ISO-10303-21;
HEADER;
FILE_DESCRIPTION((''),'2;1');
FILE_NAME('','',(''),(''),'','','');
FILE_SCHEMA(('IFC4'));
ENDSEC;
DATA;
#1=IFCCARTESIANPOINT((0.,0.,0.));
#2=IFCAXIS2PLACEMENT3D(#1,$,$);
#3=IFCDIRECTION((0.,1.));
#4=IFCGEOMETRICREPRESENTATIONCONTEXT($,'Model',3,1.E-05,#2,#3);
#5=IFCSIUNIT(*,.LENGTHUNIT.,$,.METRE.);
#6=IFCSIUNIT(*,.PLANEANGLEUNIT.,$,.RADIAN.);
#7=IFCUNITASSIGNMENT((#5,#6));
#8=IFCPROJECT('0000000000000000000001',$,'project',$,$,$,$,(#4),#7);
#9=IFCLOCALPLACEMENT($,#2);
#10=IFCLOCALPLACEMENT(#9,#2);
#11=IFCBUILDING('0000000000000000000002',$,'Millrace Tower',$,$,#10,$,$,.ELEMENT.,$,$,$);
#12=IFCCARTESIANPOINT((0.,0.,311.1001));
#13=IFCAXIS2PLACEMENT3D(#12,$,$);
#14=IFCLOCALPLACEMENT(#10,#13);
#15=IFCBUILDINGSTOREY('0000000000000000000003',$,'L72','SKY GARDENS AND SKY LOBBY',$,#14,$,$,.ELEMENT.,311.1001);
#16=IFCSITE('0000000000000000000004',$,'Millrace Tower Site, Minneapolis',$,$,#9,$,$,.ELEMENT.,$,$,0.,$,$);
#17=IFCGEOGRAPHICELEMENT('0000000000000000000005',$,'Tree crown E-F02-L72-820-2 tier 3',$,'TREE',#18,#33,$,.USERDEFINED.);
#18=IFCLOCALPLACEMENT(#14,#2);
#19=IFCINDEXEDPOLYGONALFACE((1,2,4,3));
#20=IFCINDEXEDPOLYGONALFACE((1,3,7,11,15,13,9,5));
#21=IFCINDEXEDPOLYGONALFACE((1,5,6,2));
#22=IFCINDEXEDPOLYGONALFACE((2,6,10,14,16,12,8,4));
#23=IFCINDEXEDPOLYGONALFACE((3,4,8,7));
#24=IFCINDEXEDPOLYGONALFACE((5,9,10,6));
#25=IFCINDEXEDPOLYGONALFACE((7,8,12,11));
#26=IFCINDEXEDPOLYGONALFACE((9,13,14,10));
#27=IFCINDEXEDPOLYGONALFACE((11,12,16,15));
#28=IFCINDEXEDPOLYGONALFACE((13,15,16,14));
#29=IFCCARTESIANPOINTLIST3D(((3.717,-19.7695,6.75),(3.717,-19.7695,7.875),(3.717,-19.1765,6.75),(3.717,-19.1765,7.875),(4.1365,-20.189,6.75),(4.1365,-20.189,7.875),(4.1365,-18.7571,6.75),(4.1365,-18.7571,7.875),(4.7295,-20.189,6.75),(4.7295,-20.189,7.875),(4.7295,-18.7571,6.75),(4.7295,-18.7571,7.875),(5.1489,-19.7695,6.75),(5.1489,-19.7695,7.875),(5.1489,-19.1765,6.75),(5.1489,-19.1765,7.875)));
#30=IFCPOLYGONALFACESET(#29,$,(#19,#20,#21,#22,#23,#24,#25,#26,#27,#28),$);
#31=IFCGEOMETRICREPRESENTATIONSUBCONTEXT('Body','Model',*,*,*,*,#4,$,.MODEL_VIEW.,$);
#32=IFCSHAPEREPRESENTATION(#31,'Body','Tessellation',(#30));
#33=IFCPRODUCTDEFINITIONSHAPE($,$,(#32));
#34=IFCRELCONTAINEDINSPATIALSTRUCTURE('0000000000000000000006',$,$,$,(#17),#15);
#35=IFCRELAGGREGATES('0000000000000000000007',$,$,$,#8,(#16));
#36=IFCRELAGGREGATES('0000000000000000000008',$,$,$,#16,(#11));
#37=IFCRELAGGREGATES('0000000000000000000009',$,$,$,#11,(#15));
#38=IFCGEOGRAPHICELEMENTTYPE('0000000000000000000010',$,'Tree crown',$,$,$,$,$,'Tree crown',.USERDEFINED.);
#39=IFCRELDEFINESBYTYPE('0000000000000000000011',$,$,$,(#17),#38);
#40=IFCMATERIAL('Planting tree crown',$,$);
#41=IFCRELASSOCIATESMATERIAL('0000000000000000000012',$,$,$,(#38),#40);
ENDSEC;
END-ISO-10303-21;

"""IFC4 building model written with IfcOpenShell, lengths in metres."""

from ifc_helpers import new_model, si_unit, direction, frame, origin, place, context, subcontext, project, spatial, polyline, outline, extrude, material, type_object, element, save


model = new_model("IFC4")

# Units and contexts
model_context = context("Model", 3, precision=1e-05, world=origin(), true_north=direction((0.0, 1.0)))
body_context = subcontext(model_context, "Body", "Model", "MODEL_VIEW")
ifc_project = project(units=[si_unit("LENGTHUNIT", "METRE"), si_unit("PLANEANGLEUNIT", "RADIAN")], contexts=[model_context])

# Site, building, storey
site_placement = place(None, origin())
site = spatial("IfcSite", under=ifc_project, at=site_placement, Name="Millrace Tower Site, Minneapolis", CompositionType="ELEMENT", RefElevation=0.0)
building_placement = place(site_placement, origin())
building = spatial("IfcBuilding", under=site, at=building_placement, Name="Millrace Tower", CompositionType="ELEMENT")
storey_placement = place(building_placement, frame((0.0, 0.0, 311.1001)))
storey = spatial("IfcBuildingStorey", under=building, at=storey_placement, Name="L72", Description="SKY GARDENS AND SKY LOBBY", CompositionType="ELEMENT", Elevation=311.1001)

# Geographic element
ifc_material_1 = material(Name="Planting tree crown")
geographic_element_type = type_object("IfcGeographicElementType", Name="Tree crown", ElementType="Tree crown", PredefinedType="USERDEFINED", material=ifc_material_1)
placement_1 = place(storey_placement, frame((0.0, 0.0, 6.75)))
element("IfcGeographicElement", 1, at=placement_1, inside=storey, type_object=geographic_element_type, Name="Tree crown E-F02-L72-820-2 tier 3", ObjectType="TREE", PredefinedType="USERDEFINED", context=body_context, shape_type="SweptSolid", body=[
    extrude(outline(polyline([(5.1489, -19.1765), (4.7295, -18.7571), (4.1365, -18.7571), (3.717, -19.1765), (3.717, -19.7695), (4.1365, -20.189), (4.7295, -20.189), (5.1489, -19.7695), (5.1489, -19.1765)])), origin(), (0.0, 0.0, 1.0), 1.125),
])

save(model, "model.ifc")
